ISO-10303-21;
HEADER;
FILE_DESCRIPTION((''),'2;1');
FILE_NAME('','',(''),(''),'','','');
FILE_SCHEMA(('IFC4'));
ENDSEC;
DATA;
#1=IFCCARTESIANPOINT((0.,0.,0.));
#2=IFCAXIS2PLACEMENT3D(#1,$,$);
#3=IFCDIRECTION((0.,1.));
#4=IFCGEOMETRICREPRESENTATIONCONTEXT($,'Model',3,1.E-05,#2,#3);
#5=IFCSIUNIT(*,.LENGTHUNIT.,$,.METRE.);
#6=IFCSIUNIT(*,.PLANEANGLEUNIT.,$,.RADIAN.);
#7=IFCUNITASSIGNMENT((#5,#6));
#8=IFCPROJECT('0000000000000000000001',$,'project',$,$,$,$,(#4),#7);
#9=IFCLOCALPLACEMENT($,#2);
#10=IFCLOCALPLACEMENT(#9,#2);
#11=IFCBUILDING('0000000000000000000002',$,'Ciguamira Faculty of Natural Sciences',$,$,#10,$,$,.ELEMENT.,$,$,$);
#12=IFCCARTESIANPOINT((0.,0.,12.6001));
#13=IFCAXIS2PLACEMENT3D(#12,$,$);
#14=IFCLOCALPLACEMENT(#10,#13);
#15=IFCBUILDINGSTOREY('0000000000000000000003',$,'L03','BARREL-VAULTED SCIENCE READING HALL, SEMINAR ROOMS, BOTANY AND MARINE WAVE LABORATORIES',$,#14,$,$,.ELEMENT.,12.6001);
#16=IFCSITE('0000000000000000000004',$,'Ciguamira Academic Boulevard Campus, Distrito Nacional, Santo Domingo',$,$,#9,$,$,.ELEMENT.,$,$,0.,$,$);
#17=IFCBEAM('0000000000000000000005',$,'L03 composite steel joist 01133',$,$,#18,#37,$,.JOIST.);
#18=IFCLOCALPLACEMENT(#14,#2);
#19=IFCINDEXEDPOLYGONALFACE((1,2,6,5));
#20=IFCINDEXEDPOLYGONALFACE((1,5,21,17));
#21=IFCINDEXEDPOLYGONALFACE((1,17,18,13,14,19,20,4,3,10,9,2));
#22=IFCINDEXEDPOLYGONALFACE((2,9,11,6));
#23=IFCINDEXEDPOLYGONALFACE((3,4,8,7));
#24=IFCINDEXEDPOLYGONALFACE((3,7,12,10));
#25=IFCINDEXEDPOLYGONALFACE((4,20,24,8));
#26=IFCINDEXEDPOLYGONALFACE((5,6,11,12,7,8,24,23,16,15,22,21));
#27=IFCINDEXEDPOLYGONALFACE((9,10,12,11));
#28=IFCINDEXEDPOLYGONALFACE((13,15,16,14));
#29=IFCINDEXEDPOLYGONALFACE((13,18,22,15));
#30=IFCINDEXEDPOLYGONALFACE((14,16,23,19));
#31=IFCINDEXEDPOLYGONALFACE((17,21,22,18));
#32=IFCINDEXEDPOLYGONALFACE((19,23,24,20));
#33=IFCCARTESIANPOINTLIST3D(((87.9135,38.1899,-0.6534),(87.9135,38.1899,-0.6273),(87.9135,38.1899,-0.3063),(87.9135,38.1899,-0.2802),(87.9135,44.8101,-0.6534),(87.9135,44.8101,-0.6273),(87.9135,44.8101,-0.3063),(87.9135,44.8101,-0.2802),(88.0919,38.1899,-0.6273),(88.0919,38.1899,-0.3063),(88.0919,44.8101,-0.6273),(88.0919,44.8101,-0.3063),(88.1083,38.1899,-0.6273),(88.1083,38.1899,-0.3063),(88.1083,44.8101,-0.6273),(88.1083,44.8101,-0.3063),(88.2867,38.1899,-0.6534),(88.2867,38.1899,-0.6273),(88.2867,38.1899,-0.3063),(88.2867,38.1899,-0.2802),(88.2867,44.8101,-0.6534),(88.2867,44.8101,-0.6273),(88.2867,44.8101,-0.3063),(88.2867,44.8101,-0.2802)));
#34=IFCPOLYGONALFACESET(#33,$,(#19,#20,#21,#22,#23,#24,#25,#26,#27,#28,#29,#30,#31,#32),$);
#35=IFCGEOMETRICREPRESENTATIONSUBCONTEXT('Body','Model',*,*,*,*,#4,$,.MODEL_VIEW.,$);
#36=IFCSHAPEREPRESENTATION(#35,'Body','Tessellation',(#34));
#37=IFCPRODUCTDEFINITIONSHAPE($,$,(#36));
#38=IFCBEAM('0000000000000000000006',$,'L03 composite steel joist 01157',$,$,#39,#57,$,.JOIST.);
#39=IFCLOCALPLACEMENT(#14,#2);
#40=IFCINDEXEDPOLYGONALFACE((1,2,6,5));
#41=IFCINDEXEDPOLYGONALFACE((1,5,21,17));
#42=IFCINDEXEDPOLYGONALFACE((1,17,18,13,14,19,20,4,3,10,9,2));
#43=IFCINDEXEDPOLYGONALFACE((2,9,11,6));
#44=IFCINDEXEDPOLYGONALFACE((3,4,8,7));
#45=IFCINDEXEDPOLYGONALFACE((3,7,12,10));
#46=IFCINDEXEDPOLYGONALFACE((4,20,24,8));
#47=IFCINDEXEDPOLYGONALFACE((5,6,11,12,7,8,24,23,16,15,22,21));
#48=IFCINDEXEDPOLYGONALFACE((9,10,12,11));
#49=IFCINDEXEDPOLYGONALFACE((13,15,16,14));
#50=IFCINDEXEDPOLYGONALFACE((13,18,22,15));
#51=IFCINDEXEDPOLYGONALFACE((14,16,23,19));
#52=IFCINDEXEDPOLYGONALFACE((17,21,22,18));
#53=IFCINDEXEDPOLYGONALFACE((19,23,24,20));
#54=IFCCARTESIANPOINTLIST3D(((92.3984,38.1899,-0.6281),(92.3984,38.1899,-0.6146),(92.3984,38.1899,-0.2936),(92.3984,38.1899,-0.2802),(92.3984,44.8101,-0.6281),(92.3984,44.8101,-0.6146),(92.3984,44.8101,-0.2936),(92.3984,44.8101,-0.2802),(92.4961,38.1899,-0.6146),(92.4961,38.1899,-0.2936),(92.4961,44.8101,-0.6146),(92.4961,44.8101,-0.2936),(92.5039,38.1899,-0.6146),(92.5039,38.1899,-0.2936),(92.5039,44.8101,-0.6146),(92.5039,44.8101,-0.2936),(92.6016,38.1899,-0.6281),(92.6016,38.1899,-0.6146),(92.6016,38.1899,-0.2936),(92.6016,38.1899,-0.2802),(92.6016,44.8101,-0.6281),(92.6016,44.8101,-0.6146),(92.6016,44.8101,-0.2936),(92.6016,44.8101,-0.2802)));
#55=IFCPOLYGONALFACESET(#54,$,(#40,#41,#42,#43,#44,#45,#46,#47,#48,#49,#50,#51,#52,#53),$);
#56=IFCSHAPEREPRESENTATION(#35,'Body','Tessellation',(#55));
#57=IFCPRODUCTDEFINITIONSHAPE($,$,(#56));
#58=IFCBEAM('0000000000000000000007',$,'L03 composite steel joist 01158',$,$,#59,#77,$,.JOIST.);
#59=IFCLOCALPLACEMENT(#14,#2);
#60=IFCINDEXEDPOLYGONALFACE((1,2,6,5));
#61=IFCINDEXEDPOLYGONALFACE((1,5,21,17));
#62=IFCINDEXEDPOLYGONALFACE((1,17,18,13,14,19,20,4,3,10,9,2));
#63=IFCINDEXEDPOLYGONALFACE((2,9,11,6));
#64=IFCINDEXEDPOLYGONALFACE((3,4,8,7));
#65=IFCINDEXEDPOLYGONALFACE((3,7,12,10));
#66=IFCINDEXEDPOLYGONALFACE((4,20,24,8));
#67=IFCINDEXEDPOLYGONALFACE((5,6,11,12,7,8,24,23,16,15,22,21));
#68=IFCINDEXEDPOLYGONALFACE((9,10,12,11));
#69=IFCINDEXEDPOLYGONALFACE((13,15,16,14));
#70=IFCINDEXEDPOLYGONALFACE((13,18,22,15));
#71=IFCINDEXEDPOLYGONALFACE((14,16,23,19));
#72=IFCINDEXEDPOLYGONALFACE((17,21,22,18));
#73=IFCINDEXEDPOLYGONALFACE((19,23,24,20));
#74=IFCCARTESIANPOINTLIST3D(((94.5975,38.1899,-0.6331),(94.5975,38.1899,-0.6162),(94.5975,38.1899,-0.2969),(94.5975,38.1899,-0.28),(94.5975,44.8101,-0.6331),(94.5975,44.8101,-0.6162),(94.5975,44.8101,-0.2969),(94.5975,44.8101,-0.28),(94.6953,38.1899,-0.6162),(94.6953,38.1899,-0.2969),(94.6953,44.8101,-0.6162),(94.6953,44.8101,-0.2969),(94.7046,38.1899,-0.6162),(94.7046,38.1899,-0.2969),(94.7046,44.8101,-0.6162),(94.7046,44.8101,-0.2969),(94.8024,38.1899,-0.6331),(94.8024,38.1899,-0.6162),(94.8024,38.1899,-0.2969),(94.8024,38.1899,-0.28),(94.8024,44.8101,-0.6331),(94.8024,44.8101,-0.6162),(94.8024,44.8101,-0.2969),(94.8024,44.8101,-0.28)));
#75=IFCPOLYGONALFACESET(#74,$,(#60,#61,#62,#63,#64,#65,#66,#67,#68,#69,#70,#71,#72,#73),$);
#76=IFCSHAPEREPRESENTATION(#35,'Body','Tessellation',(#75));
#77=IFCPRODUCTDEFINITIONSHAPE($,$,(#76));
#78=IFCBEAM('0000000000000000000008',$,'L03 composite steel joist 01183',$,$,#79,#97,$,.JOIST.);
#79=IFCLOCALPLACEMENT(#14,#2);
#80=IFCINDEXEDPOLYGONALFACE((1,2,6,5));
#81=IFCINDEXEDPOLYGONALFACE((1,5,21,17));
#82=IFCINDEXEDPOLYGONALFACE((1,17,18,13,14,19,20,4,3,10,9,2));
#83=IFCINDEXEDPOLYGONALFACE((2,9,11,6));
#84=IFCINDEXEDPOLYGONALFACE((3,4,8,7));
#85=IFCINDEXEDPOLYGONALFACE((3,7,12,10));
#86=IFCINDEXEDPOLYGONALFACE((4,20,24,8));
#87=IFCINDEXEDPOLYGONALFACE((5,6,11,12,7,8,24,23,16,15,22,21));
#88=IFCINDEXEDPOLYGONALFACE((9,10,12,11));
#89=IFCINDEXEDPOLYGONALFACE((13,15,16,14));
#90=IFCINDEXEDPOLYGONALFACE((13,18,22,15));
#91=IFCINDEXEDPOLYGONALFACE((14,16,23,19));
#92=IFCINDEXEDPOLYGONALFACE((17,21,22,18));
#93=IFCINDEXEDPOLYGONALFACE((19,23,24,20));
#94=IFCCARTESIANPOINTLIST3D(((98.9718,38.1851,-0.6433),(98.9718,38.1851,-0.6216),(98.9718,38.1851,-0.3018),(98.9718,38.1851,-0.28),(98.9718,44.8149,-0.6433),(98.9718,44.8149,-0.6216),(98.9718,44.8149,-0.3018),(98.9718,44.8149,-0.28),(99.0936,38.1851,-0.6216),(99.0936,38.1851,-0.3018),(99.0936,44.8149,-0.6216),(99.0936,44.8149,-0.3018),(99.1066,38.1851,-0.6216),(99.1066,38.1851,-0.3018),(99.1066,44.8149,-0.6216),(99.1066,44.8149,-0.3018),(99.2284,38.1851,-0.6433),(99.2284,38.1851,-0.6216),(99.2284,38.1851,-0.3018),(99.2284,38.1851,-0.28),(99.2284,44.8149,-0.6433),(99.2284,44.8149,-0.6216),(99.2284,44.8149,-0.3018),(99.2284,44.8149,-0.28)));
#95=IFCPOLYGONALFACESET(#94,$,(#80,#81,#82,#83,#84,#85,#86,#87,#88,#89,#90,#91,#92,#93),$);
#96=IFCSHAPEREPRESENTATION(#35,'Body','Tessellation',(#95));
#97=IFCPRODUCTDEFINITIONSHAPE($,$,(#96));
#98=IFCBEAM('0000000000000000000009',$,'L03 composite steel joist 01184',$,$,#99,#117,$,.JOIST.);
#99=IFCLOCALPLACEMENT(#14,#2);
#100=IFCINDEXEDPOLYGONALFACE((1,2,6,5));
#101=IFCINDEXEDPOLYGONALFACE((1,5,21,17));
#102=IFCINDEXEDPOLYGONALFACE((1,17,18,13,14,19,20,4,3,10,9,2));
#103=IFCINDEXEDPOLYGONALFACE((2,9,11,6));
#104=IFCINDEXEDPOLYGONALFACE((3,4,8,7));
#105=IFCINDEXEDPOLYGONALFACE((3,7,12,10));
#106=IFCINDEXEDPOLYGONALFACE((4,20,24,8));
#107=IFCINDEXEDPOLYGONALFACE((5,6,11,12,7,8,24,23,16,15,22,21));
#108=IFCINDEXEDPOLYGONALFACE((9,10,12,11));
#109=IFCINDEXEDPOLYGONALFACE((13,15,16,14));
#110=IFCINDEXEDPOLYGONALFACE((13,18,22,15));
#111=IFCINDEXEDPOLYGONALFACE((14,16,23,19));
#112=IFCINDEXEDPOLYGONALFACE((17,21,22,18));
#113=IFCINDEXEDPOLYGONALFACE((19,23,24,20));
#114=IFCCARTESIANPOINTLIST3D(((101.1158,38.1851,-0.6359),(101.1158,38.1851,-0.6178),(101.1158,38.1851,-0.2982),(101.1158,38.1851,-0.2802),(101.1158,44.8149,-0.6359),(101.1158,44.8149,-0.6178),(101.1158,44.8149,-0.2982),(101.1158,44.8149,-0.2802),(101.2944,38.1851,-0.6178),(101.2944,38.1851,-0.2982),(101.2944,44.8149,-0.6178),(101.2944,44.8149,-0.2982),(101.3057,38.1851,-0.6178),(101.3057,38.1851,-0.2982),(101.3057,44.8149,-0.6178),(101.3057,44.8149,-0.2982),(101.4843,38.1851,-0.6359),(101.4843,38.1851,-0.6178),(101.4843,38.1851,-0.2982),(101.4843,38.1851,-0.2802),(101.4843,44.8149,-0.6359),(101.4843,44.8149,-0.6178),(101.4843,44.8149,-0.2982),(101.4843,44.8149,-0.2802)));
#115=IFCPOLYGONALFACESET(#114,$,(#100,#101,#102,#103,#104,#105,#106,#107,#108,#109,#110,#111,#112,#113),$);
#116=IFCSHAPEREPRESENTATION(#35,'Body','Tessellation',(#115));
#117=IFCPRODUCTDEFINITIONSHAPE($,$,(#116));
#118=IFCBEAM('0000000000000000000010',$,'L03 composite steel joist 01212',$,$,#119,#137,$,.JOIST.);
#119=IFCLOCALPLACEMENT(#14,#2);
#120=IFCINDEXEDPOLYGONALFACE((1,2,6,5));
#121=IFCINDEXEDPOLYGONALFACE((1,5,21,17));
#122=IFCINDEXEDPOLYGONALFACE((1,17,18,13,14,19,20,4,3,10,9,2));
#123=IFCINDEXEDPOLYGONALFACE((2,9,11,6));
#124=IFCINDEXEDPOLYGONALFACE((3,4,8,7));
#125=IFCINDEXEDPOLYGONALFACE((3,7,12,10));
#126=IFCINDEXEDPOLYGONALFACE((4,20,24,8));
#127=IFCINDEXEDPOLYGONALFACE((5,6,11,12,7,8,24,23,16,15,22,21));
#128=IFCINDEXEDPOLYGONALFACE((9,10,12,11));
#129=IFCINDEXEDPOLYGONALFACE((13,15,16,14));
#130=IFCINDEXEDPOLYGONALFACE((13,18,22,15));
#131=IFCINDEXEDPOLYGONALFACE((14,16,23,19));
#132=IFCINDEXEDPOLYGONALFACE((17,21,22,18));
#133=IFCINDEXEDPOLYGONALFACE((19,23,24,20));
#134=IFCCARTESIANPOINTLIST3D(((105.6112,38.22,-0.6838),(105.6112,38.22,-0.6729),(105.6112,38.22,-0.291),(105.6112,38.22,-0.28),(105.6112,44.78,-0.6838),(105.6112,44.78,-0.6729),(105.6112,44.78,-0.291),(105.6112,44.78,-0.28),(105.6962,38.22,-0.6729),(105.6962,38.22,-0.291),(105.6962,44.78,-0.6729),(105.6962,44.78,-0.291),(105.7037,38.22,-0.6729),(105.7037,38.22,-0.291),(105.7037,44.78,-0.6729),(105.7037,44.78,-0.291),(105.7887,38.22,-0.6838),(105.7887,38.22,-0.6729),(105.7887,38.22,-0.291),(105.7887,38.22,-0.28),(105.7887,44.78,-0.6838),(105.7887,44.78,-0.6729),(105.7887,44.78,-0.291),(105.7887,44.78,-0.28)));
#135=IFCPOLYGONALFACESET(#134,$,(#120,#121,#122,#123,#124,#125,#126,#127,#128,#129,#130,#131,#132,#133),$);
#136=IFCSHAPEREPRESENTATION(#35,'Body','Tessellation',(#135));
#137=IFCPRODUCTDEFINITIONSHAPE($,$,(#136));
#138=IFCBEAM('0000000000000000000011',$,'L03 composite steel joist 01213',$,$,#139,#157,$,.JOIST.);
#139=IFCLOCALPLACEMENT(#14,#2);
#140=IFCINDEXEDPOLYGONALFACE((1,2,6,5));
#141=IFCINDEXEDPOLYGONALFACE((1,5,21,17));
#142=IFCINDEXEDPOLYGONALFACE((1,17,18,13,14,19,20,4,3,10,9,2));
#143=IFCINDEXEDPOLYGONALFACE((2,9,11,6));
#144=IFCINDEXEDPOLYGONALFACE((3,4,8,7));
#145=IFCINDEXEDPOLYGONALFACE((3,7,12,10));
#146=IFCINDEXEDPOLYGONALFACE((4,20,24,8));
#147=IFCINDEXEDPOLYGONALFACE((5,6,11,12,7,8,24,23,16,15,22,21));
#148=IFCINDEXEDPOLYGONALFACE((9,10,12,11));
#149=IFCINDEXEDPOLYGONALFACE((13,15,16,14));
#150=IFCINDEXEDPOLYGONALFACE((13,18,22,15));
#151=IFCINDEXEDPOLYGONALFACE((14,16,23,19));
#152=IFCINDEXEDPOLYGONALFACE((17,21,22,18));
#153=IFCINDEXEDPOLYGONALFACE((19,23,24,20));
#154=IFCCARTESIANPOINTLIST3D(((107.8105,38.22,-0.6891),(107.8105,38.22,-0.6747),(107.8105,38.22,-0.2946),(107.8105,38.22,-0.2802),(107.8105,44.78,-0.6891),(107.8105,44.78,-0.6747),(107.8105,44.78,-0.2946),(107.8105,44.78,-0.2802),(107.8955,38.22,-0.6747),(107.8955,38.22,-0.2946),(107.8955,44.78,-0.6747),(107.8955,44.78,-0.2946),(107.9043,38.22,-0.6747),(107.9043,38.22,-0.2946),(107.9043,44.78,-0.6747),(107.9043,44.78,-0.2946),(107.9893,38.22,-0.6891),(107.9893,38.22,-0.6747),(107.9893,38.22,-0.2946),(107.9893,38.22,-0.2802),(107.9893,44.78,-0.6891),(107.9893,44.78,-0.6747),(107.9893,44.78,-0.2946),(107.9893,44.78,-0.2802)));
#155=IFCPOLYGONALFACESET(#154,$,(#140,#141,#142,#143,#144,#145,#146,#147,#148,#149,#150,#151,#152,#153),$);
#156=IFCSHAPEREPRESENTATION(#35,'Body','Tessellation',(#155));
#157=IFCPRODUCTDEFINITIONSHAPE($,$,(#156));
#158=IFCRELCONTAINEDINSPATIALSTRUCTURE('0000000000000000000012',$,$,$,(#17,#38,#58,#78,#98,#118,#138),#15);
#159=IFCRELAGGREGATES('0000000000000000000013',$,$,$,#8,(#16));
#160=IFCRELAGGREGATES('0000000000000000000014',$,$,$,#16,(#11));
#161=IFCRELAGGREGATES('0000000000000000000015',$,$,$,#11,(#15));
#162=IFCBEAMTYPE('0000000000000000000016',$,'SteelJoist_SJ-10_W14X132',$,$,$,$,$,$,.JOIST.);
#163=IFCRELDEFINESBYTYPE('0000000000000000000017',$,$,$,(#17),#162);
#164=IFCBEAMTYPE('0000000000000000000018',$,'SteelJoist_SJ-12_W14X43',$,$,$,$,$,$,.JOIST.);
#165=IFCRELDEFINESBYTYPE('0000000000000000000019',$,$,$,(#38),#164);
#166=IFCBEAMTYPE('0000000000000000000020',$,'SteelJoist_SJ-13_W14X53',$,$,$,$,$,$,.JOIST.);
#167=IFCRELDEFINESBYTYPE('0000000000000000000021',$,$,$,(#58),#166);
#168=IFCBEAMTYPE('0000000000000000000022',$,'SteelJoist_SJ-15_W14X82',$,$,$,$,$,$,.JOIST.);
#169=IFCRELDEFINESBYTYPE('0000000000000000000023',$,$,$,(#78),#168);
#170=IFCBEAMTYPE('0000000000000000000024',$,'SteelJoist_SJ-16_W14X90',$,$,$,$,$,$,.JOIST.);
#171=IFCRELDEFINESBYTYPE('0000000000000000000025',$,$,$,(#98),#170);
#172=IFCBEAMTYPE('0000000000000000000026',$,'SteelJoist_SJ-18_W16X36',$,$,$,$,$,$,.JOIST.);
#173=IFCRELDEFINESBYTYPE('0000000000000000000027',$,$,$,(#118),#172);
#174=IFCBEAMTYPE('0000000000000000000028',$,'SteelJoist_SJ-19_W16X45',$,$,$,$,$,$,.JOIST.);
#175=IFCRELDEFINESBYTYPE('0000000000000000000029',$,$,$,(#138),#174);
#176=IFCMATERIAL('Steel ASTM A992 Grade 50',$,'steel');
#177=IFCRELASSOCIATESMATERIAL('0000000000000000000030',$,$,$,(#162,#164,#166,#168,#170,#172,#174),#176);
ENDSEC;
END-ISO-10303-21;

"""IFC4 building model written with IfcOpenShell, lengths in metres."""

from ifc_helpers import new_model, si_unit, direction, frame, origin, origin_2d, place, context, subcontext, project, spatial, i_section, extrude, material, material_profile, profile_set, type_object, element, save


model = new_model("IFC4")

# Units and contexts
model_context = context("Model", 3, precision=1e-05, world=origin(), true_north=direction((0.0, 1.0)))
body_context = subcontext(model_context, "Body", "Model", "MODEL_VIEW")
ifc_project = project(units=[si_unit("LENGTHUNIT", "METRE"), si_unit("PLANEANGLEUNIT", "RADIAN")], contexts=[model_context])

# Site, building, storey
site_placement = place(None, origin())
site = spatial("IfcSite", under=ifc_project, at=site_placement, Name="Ciguamira Academic Boulevard Campus, Distrito Nacional, Santo Domingo", CompositionType="ELEMENT", RefElevation=0.0)
building_placement = place(site_placement, origin())
building = spatial("IfcBuilding", under=site, at=building_placement, Name="Ciguamira Faculty of Natural Sciences", CompositionType="ELEMENT")
storey_placement = place(building_placement, frame((0.0, 0.0, 12.6001)))
storey = spatial("IfcBuildingStorey", under=building, at=storey_placement, Name="L03", Description="BARREL-VAULTED SCIENCE READING HALL, SEMINAR ROOMS, BOTANY AND MARINE WAVE LABORATORIES", CompositionType="ELEMENT", Elevation=12.6001)

# Beams
ifc_material_1 = material(Name="Steel ASTM A992 Grade 50", Category="steel")
ifc_material_profile_1 = material_profile(ifc_material_1, i_section(OverallWidth=0.3733, OverallDepth=0.3733, WebThickness=0.0164, FlangeThickness=0.0261, at=origin_2d()), Name="W14X132")
ifc_profile_set_1 = profile_set([ifc_material_profile_1], Name="Steel ASTM A992 Grade 50")
beam_type_1 = type_object("IfcBeamType", Name="SteelJoist_SJ-10_W14X132", PredefinedType="JOIST", material=ifc_profile_set_1)
beam_1_placement = place(storey_placement, frame((88.1001, 38.1899, -0.4668), z_axis=(0.0, 1.0, 0.0), x_axis=(-1.0, 0.0, 0.0)))
element("IfcBeam", 1, at=beam_1_placement, inside=storey, type_object=beam_type_1, Name="L03 composite steel joist 01133", PredefinedType="JOIST", context=body_context, shape_type="SweptSolid", body=[
    extrude(i_section(OverallWidth=0.3733, OverallDepth=0.3733, WebThickness=0.0164, FlangeThickness=0.0261, at=origin_2d()), origin(), (0.0, 0.0, 1.0), 6.6201),
])
ifc_material_profile_2 = material_profile(ifc_material_1, i_section(OverallWidth=0.2031, OverallDepth=0.3479, WebThickness=0.0078, FlangeThickness=0.0134, at=origin_2d()), Name="W14X43")
ifc_profile_set_2 = profile_set([ifc_material_profile_2], Name="Steel ASTM A992 Grade 50")
beam_type_2 = type_object("IfcBeamType", Name="SteelJoist_SJ-12_W14X43", PredefinedType="JOIST", material=ifc_profile_set_2)
beam_2_placement = place(storey_placement, frame((92.5, 38.1899, -0.4541), z_axis=(0.0, 1.0, 0.0), x_axis=(-1.0, 0.0, 0.0)))
element("IfcBeam", 2, at=beam_2_placement, inside=storey, type_object=beam_type_2, Name="L03 composite steel joist 01157", PredefinedType="JOIST", context=body_context, shape_type="SweptSolid", body=[
    extrude(i_section(OverallWidth=0.2031, OverallDepth=0.3479, WebThickness=0.0078, FlangeThickness=0.0134, at=origin_2d()), origin(), (0.0, 0.0, 1.0), 6.6201),
])
ifc_material_profile_3 = material_profile(ifc_material_1, i_section(OverallWidth=0.2048, OverallDepth=0.353, WebThickness=0.0093, FlangeThickness=0.0168, at=origin_2d()), Name="W14X53")
ifc_profile_set_3 = profile_set([ifc_material_profile_3], Name="Steel ASTM A992 Grade 50")
beam_type_3 = type_object("IfcBeamType", Name="SteelJoist_SJ-13_W14X53", PredefinedType="JOIST", material=ifc_profile_set_3)
beam_3_placement = place(storey_placement, frame((94.7, 38.1899, -0.4565), z_axis=(0.0, 1.0, 0.0), x_axis=(-1.0, 0.0, 0.0)))
element("IfcBeam", 3, at=beam_3_placement, inside=storey, type_object=beam_type_3, Name="L03 composite steel joist 01158", PredefinedType="JOIST", context=body_context, shape_type="SweptSolid", body=[
    extrude(i_section(OverallWidth=0.2048, OverallDepth=0.353, WebThickness=0.0093, FlangeThickness=0.0168, at=origin_2d()), origin(), (0.0, 0.0, 1.0), 6.6201),
])
ifc_material_profile_4 = material_profile(ifc_material_1, i_section(OverallWidth=0.2566, OverallDepth=0.3633, WebThickness=0.0129, FlangeThickness=0.0217, at=origin_2d()), Name="W14X82")
ifc_profile_set_4 = profile_set([ifc_material_profile_4], Name="Steel ASTM A992 Grade 50")
beam_type_4 = type_object("IfcBeamType", Name="SteelJoist_SJ-15_W14X82", PredefinedType="JOIST", material=ifc_profile_set_4)
beam_4_placement = place(storey_placement, frame((99.1001, 38.1851, -0.4617), z_axis=(0.0, 1.0, 0.0), x_axis=(-1.0, 0.0, 0.0)))
element("IfcBeam", 4, at=beam_4_placement, inside=storey, type_object=beam_type_4, Name="L03 composite steel joist 01183", PredefinedType="JOIST", context=body_context, shape_type="SweptSolid", body=[
    extrude(i_section(OverallWidth=0.2566, OverallDepth=0.3633, WebThickness=0.0129, FlangeThickness=0.0217, at=origin_2d()), origin(), (0.0, 0.0, 1.0), 6.6299),
])
ifc_material_profile_5 = material_profile(ifc_material_1, i_section(OverallWidth=0.3684, OverallDepth=0.3557, WebThickness=0.0112, FlangeThickness=0.0181, at=origin_2d()), Name="W14X90")
ifc_profile_set_5 = profile_set([ifc_material_profile_5], Name="Steel ASTM A992 Grade 50")
beam_type_5 = type_object("IfcBeamType", Name="SteelJoist_SJ-16_W14X90", PredefinedType="JOIST", material=ifc_profile_set_5)
beam_5_placement = place(storey_placement, frame((101.3, 38.1851, -0.458), z_axis=(0.0, 1.0, 0.0), x_axis=(-1.0, 0.0, 0.0)))
element("IfcBeam", 5, at=beam_5_placement, inside=storey, type_object=beam_type_5, Name="L03 composite steel joist 01184", PredefinedType="JOIST", context=body_context, shape_type="SweptSolid", body=[
    extrude(i_section(OverallWidth=0.3684, OverallDepth=0.3557, WebThickness=0.0112, FlangeThickness=0.0181, at=origin_2d()), origin(), (0.0, 0.0, 1.0), 6.6299),
])
ifc_material_profile_6 = material_profile(ifc_material_1, i_section(OverallWidth=0.1775, OverallDepth=0.4038, WebThickness=0.0076, FlangeThickness=0.011, at=origin_2d()), Name="W16X36")
ifc_profile_set_6 = profile_set([ifc_material_profile_6], Name="Steel ASTM A992 Grade 50")
beam_type_6 = type_object("IfcBeamType", Name="SteelJoist_SJ-18_W16X36", PredefinedType="JOIST", material=ifc_profile_set_6)
beam_6_placement = place(storey_placement, frame((105.7, 38.22, -0.4819), z_axis=(0.0, 1.0, 0.0), x_axis=(-1.0, 0.0, 0.0)))
element("IfcBeam", 6, at=beam_6_placement, inside=storey, type_object=beam_type_6, Name="L03 composite steel joist 01212", PredefinedType="JOIST", context=body_context, shape_type="SweptSolid", body=[
    extrude(i_section(OverallWidth=0.1775, OverallDepth=0.4038, WebThickness=0.0076, FlangeThickness=0.011, at=origin_2d()), origin(), (0.0, 0.0, 1.0), 6.5601),
])
ifc_material_profile_7 = material_profile(ifc_material_1, i_section(OverallWidth=0.1787, OverallDepth=0.4089, WebThickness=0.0088, FlangeThickness=0.0144, at=origin_2d()), Name="W16X45")
ifc_profile_set_7 = profile_set([ifc_material_profile_7], Name="Steel ASTM A992 Grade 50")
beam_type_7 = type_object("IfcBeamType", Name="SteelJoist_SJ-19_W16X45", PredefinedType="JOIST", material=ifc_profile_set_7)
beam_7_placement = place(storey_placement, frame((107.8999, 38.22, -0.4846), z_axis=(0.0, 1.0, 0.0), x_axis=(-1.0, 0.0, 0.0)))
element("IfcBeam", 7, at=beam_7_placement, inside=storey, type_object=beam_type_7, Name="L03 composite steel joist 01213", PredefinedType="JOIST", context=body_context, shape_type="SweptSolid", body=[
    extrude(i_section(OverallWidth=0.1787, OverallDepth=0.4089, WebThickness=0.0088, FlangeThickness=0.0144, at=origin_2d()), origin(), (0.0, 0.0, 1.0), 6.5601),
])

save(model, "model.ifc")
